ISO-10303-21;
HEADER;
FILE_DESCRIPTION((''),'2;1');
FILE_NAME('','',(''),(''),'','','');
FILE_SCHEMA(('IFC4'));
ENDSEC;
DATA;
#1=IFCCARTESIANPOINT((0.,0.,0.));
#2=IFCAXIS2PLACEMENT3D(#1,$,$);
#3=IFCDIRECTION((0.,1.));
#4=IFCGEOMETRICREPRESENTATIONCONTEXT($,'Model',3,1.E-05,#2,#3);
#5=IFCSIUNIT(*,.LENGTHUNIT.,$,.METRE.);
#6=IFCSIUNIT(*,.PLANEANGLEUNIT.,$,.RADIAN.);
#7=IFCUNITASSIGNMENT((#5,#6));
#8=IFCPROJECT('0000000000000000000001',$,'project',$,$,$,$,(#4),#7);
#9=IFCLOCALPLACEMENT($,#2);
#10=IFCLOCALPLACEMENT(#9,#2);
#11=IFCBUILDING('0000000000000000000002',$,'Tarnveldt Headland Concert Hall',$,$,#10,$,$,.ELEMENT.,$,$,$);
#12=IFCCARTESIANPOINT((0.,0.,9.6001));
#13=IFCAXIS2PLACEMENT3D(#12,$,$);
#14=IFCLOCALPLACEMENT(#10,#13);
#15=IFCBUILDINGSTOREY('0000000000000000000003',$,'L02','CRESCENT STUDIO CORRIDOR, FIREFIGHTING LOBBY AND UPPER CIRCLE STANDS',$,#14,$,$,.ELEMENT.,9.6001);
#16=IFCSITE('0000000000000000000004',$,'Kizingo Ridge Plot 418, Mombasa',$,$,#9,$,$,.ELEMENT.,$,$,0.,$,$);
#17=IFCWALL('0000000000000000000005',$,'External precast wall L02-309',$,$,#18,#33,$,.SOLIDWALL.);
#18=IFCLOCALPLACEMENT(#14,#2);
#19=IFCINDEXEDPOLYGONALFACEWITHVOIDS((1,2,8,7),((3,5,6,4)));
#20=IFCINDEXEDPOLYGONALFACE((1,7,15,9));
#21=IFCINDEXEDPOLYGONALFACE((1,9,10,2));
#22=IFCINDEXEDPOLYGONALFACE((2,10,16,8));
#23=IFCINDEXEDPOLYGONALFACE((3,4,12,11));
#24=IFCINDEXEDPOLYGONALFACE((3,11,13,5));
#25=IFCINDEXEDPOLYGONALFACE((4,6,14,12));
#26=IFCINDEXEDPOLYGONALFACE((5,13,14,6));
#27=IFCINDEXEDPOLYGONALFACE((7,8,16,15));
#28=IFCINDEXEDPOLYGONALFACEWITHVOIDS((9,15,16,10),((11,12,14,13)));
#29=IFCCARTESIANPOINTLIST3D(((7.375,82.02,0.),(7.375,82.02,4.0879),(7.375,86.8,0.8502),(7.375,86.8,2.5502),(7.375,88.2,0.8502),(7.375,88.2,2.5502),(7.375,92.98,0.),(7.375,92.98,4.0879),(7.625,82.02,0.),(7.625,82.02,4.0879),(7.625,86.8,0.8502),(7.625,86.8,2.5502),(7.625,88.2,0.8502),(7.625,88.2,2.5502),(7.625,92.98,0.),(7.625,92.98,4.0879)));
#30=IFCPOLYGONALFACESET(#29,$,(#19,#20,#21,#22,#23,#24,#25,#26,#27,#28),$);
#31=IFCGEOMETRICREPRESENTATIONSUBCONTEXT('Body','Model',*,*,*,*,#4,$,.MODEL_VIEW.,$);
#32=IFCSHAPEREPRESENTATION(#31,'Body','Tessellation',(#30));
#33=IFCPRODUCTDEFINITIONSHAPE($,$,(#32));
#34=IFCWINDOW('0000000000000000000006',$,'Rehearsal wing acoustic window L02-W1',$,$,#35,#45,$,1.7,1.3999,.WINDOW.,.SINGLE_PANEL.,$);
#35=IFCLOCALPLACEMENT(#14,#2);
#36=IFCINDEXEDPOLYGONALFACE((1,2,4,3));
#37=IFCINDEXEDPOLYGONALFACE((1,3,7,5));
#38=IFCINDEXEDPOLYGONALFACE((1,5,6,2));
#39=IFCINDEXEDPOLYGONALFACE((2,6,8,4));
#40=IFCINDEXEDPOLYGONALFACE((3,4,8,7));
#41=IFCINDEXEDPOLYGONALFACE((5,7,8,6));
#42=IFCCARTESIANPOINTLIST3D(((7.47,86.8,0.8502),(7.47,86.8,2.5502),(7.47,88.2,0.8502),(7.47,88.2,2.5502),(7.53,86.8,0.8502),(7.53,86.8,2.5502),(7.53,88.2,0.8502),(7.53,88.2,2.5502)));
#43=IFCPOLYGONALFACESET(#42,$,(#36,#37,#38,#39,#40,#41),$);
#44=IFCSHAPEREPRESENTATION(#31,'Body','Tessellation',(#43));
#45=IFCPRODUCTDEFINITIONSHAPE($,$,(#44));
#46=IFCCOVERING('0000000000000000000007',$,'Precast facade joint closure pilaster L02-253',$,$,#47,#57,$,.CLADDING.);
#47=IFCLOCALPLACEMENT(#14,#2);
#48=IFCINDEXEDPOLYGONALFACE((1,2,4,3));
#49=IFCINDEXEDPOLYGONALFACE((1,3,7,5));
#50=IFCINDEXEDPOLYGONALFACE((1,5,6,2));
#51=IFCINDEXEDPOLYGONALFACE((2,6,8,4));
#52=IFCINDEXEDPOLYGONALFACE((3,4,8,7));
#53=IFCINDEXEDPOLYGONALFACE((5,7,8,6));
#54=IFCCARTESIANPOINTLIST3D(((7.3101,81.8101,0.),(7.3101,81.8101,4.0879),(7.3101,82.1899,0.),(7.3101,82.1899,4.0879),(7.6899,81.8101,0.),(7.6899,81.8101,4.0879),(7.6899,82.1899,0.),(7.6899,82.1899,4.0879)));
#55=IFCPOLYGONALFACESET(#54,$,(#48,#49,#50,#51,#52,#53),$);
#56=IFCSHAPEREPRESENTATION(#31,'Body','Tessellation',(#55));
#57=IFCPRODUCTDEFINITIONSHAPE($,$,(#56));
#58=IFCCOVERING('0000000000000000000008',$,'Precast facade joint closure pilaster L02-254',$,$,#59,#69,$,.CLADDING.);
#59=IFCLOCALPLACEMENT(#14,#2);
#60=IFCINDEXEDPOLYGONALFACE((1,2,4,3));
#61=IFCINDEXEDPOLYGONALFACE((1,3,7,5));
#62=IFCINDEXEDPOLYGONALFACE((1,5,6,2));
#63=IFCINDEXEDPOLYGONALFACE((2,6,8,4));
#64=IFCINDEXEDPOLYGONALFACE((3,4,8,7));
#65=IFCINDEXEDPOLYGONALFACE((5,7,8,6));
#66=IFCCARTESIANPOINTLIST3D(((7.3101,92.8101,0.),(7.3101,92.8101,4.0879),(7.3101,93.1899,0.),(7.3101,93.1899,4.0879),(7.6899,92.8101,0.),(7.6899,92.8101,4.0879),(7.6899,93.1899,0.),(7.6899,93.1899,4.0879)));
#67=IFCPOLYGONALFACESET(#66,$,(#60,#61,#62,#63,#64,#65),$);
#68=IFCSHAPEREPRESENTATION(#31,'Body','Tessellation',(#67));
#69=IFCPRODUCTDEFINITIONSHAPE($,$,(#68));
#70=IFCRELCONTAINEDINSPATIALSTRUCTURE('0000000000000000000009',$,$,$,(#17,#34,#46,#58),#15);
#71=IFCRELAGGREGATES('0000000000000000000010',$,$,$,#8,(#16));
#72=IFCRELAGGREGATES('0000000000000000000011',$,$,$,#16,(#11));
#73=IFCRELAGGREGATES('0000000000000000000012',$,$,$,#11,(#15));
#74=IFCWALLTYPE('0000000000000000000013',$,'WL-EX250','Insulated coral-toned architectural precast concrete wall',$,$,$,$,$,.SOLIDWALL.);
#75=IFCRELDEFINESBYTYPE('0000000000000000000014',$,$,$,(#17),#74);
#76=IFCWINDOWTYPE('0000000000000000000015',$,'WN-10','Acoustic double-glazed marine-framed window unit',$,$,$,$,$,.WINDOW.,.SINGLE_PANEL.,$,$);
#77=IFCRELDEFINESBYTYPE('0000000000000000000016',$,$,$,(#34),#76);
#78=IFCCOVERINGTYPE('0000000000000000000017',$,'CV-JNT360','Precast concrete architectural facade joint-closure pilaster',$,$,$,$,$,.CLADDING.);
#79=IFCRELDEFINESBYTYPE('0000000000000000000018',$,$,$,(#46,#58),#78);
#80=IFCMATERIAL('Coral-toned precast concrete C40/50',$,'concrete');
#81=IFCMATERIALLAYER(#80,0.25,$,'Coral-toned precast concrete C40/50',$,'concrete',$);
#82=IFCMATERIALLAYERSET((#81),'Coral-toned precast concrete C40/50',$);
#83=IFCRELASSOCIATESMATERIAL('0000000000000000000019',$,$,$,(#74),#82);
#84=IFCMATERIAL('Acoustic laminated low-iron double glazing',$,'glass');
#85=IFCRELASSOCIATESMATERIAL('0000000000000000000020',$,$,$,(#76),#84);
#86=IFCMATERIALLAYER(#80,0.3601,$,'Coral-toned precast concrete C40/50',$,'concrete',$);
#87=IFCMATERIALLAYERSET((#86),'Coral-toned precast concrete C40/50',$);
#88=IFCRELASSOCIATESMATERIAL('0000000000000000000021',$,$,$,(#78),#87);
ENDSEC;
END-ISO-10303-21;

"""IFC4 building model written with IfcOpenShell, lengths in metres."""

from ifc_helpers import new_model, si_unit, direction, frame, frame_2d, origin, origin_2d, place, context, subcontext, project, spatial, rectangle, extrude, material, layer, layer_set, type_object, element, fill, save


model = new_model("IFC4")

# Units and contexts
model_context = context("Model", 3, precision=1e-05, world=origin(), true_north=direction((0.0, 1.0)))
body_context = subcontext(model_context, "Body", "Model", "MODEL_VIEW")
ifc_project = project(units=[si_unit("LENGTHUNIT", "METRE"), si_unit("PLANEANGLEUNIT", "RADIAN")], contexts=[model_context])

# Site, building, storey
site_placement = place(None, origin())
site = spatial("IfcSite", under=ifc_project, at=site_placement, Name="Kizingo Ridge Plot 418, Mombasa", CompositionType="ELEMENT", RefElevation=0.0)
building_placement = place(site_placement, origin())
building = spatial("IfcBuilding", under=site, at=building_placement, Name="Tarnveldt Headland Concert Hall", CompositionType="ELEMENT")
storey_placement = place(building_placement, frame((0.0, 0.0, 9.6001)))
storey = spatial("IfcBuildingStorey", under=building, at=storey_placement, Name="L02", Description="CRESCENT STUDIO CORRIDOR, FIREFIGHTING LOBBY AND UPPER CIRCLE STANDS", CompositionType="ELEMENT", Elevation=9.6001)

# Shared definitions
ifc_material_1 = material(Name="Acoustic laminated low-iron double glazing", Category="glass")

# Wall, opening, window
ifc_material_2 = material(Name="Coral-toned precast concrete C40/50", Category="concrete")
ifc_layer_1 = layer(ifc_material_2, 0.25, Name="Coral-toned precast concrete C40/50", Category="concrete")
ifc_layer_set_1 = layer_set([ifc_layer_1], Name="Coral-toned precast concrete C40/50")
wall_type = type_object("IfcWallType", Name="WL-EX250", Description="Insulated coral-toned architectural precast concrete wall", PredefinedType="SOLIDWALL", material=ifc_layer_set_1)
wall_placement = place(storey_placement, frame((7.5, 82.02, 0.0), z_axis=(0.0, 0.0, 1.0), x_axis=(0.0, 1.0, 0.0)))
wall = element("IfcWall", 1, at=wall_placement, inside=storey, type_object=wall_type, Name="External precast wall L02-309", PredefinedType="SOLIDWALL", context=body_context, shape_type="SweptSolid", body=[
    extrude(rectangle(XDim=10.96, YDim=0.25, at=frame_2d((5.48, 0.0))), origin(), (0.0, 0.0, 1.0), 4.0879),
])
opening_placement = place(wall_placement, frame((4.78, 0.0, 0.8501)))
opening = element("IfcOpeningElement", 2, at=opening_placement, cuts=wall, PredefinedType="OPENING", context=body_context, shape_type="SweptSolid", body=[
    extrude(rectangle(XDim=1.3999, YDim=1.7, at=frame_2d((0.7, 0.8501))), frame((0.0, 0.135, 0.0), z_axis=(0.0, -1.0, 0.0), x_axis=(1.0, 0.0, 0.0)), (0.0, 0.0, 1.0), 0.27),
])
window_type = type_object("IfcWindowType", Name="WN-10", Description="Acoustic double-glazed marine-framed window unit", PartitioningType="SINGLE_PANEL", PredefinedType="WINDOW", material=ifc_material_1)
window_placement = place(opening_placement, origin())
window = element("IfcWindow", 3, at=window_placement, inside=storey, type_object=window_type, Name="Rehearsal wing acoustic window L02-W1", OverallHeight=1.7, OverallWidth=1.3999, PartitioningType="SINGLE_PANEL", PredefinedType="WINDOW", context=body_context, shape_type="SweptSolid", body=[
    extrude(rectangle(XDim=1.3999, YDim=1.7, at=frame_2d((0.7, 0.8501))), frame((0.0, 0.03, 0.0), z_axis=(0.0, -1.0, 0.0), x_axis=(1.0, 0.0, 0.0)), (0.0, 0.0, 1.0), 0.0601),
])
fill(opening, window)

# Coverings
ifc_layer_2 = layer(ifc_material_2, 0.3601, Name="Coral-toned precast concrete C40/50", Category="concrete")
ifc_layer_set_2 = layer_set([ifc_layer_2], Name="Coral-toned precast concrete C40/50")
covering_type = type_object("IfcCoveringType", Name="CV-JNT360", Description="Precast concrete architectural facade joint-closure pilaster", PredefinedType="CLADDING", material=ifc_layer_set_2)
for number, where, z_axis, x_axis, name in (
    (4, (7.5, 82.0, 0.0), (0.0, 0.0, 1.0), (0.0, 1.0, 0.0), "Precast facade joint closure pilaster L02-253"),
    (5, (7.5, 93.0, 0.0), (0.0, 0.0, 1.0), (0.0, 1.0, 0.0), "Precast facade joint closure pilaster L02-254"),
):
    element("IfcCovering", number, at=place(storey_placement, frame(where, z_axis=z_axis, x_axis=x_axis)), inside=storey, type_object=covering_type, Name=name, PredefinedType="CLADDING", context=body_context, shape_type="SweptSolid", body=[
        extrude(rectangle(XDim=0.3799, YDim=0.3799, at=origin_2d()), origin(), (0.0, 0.0, 1.0), 4.0879),
    ])

save(model, "model.ifc")
